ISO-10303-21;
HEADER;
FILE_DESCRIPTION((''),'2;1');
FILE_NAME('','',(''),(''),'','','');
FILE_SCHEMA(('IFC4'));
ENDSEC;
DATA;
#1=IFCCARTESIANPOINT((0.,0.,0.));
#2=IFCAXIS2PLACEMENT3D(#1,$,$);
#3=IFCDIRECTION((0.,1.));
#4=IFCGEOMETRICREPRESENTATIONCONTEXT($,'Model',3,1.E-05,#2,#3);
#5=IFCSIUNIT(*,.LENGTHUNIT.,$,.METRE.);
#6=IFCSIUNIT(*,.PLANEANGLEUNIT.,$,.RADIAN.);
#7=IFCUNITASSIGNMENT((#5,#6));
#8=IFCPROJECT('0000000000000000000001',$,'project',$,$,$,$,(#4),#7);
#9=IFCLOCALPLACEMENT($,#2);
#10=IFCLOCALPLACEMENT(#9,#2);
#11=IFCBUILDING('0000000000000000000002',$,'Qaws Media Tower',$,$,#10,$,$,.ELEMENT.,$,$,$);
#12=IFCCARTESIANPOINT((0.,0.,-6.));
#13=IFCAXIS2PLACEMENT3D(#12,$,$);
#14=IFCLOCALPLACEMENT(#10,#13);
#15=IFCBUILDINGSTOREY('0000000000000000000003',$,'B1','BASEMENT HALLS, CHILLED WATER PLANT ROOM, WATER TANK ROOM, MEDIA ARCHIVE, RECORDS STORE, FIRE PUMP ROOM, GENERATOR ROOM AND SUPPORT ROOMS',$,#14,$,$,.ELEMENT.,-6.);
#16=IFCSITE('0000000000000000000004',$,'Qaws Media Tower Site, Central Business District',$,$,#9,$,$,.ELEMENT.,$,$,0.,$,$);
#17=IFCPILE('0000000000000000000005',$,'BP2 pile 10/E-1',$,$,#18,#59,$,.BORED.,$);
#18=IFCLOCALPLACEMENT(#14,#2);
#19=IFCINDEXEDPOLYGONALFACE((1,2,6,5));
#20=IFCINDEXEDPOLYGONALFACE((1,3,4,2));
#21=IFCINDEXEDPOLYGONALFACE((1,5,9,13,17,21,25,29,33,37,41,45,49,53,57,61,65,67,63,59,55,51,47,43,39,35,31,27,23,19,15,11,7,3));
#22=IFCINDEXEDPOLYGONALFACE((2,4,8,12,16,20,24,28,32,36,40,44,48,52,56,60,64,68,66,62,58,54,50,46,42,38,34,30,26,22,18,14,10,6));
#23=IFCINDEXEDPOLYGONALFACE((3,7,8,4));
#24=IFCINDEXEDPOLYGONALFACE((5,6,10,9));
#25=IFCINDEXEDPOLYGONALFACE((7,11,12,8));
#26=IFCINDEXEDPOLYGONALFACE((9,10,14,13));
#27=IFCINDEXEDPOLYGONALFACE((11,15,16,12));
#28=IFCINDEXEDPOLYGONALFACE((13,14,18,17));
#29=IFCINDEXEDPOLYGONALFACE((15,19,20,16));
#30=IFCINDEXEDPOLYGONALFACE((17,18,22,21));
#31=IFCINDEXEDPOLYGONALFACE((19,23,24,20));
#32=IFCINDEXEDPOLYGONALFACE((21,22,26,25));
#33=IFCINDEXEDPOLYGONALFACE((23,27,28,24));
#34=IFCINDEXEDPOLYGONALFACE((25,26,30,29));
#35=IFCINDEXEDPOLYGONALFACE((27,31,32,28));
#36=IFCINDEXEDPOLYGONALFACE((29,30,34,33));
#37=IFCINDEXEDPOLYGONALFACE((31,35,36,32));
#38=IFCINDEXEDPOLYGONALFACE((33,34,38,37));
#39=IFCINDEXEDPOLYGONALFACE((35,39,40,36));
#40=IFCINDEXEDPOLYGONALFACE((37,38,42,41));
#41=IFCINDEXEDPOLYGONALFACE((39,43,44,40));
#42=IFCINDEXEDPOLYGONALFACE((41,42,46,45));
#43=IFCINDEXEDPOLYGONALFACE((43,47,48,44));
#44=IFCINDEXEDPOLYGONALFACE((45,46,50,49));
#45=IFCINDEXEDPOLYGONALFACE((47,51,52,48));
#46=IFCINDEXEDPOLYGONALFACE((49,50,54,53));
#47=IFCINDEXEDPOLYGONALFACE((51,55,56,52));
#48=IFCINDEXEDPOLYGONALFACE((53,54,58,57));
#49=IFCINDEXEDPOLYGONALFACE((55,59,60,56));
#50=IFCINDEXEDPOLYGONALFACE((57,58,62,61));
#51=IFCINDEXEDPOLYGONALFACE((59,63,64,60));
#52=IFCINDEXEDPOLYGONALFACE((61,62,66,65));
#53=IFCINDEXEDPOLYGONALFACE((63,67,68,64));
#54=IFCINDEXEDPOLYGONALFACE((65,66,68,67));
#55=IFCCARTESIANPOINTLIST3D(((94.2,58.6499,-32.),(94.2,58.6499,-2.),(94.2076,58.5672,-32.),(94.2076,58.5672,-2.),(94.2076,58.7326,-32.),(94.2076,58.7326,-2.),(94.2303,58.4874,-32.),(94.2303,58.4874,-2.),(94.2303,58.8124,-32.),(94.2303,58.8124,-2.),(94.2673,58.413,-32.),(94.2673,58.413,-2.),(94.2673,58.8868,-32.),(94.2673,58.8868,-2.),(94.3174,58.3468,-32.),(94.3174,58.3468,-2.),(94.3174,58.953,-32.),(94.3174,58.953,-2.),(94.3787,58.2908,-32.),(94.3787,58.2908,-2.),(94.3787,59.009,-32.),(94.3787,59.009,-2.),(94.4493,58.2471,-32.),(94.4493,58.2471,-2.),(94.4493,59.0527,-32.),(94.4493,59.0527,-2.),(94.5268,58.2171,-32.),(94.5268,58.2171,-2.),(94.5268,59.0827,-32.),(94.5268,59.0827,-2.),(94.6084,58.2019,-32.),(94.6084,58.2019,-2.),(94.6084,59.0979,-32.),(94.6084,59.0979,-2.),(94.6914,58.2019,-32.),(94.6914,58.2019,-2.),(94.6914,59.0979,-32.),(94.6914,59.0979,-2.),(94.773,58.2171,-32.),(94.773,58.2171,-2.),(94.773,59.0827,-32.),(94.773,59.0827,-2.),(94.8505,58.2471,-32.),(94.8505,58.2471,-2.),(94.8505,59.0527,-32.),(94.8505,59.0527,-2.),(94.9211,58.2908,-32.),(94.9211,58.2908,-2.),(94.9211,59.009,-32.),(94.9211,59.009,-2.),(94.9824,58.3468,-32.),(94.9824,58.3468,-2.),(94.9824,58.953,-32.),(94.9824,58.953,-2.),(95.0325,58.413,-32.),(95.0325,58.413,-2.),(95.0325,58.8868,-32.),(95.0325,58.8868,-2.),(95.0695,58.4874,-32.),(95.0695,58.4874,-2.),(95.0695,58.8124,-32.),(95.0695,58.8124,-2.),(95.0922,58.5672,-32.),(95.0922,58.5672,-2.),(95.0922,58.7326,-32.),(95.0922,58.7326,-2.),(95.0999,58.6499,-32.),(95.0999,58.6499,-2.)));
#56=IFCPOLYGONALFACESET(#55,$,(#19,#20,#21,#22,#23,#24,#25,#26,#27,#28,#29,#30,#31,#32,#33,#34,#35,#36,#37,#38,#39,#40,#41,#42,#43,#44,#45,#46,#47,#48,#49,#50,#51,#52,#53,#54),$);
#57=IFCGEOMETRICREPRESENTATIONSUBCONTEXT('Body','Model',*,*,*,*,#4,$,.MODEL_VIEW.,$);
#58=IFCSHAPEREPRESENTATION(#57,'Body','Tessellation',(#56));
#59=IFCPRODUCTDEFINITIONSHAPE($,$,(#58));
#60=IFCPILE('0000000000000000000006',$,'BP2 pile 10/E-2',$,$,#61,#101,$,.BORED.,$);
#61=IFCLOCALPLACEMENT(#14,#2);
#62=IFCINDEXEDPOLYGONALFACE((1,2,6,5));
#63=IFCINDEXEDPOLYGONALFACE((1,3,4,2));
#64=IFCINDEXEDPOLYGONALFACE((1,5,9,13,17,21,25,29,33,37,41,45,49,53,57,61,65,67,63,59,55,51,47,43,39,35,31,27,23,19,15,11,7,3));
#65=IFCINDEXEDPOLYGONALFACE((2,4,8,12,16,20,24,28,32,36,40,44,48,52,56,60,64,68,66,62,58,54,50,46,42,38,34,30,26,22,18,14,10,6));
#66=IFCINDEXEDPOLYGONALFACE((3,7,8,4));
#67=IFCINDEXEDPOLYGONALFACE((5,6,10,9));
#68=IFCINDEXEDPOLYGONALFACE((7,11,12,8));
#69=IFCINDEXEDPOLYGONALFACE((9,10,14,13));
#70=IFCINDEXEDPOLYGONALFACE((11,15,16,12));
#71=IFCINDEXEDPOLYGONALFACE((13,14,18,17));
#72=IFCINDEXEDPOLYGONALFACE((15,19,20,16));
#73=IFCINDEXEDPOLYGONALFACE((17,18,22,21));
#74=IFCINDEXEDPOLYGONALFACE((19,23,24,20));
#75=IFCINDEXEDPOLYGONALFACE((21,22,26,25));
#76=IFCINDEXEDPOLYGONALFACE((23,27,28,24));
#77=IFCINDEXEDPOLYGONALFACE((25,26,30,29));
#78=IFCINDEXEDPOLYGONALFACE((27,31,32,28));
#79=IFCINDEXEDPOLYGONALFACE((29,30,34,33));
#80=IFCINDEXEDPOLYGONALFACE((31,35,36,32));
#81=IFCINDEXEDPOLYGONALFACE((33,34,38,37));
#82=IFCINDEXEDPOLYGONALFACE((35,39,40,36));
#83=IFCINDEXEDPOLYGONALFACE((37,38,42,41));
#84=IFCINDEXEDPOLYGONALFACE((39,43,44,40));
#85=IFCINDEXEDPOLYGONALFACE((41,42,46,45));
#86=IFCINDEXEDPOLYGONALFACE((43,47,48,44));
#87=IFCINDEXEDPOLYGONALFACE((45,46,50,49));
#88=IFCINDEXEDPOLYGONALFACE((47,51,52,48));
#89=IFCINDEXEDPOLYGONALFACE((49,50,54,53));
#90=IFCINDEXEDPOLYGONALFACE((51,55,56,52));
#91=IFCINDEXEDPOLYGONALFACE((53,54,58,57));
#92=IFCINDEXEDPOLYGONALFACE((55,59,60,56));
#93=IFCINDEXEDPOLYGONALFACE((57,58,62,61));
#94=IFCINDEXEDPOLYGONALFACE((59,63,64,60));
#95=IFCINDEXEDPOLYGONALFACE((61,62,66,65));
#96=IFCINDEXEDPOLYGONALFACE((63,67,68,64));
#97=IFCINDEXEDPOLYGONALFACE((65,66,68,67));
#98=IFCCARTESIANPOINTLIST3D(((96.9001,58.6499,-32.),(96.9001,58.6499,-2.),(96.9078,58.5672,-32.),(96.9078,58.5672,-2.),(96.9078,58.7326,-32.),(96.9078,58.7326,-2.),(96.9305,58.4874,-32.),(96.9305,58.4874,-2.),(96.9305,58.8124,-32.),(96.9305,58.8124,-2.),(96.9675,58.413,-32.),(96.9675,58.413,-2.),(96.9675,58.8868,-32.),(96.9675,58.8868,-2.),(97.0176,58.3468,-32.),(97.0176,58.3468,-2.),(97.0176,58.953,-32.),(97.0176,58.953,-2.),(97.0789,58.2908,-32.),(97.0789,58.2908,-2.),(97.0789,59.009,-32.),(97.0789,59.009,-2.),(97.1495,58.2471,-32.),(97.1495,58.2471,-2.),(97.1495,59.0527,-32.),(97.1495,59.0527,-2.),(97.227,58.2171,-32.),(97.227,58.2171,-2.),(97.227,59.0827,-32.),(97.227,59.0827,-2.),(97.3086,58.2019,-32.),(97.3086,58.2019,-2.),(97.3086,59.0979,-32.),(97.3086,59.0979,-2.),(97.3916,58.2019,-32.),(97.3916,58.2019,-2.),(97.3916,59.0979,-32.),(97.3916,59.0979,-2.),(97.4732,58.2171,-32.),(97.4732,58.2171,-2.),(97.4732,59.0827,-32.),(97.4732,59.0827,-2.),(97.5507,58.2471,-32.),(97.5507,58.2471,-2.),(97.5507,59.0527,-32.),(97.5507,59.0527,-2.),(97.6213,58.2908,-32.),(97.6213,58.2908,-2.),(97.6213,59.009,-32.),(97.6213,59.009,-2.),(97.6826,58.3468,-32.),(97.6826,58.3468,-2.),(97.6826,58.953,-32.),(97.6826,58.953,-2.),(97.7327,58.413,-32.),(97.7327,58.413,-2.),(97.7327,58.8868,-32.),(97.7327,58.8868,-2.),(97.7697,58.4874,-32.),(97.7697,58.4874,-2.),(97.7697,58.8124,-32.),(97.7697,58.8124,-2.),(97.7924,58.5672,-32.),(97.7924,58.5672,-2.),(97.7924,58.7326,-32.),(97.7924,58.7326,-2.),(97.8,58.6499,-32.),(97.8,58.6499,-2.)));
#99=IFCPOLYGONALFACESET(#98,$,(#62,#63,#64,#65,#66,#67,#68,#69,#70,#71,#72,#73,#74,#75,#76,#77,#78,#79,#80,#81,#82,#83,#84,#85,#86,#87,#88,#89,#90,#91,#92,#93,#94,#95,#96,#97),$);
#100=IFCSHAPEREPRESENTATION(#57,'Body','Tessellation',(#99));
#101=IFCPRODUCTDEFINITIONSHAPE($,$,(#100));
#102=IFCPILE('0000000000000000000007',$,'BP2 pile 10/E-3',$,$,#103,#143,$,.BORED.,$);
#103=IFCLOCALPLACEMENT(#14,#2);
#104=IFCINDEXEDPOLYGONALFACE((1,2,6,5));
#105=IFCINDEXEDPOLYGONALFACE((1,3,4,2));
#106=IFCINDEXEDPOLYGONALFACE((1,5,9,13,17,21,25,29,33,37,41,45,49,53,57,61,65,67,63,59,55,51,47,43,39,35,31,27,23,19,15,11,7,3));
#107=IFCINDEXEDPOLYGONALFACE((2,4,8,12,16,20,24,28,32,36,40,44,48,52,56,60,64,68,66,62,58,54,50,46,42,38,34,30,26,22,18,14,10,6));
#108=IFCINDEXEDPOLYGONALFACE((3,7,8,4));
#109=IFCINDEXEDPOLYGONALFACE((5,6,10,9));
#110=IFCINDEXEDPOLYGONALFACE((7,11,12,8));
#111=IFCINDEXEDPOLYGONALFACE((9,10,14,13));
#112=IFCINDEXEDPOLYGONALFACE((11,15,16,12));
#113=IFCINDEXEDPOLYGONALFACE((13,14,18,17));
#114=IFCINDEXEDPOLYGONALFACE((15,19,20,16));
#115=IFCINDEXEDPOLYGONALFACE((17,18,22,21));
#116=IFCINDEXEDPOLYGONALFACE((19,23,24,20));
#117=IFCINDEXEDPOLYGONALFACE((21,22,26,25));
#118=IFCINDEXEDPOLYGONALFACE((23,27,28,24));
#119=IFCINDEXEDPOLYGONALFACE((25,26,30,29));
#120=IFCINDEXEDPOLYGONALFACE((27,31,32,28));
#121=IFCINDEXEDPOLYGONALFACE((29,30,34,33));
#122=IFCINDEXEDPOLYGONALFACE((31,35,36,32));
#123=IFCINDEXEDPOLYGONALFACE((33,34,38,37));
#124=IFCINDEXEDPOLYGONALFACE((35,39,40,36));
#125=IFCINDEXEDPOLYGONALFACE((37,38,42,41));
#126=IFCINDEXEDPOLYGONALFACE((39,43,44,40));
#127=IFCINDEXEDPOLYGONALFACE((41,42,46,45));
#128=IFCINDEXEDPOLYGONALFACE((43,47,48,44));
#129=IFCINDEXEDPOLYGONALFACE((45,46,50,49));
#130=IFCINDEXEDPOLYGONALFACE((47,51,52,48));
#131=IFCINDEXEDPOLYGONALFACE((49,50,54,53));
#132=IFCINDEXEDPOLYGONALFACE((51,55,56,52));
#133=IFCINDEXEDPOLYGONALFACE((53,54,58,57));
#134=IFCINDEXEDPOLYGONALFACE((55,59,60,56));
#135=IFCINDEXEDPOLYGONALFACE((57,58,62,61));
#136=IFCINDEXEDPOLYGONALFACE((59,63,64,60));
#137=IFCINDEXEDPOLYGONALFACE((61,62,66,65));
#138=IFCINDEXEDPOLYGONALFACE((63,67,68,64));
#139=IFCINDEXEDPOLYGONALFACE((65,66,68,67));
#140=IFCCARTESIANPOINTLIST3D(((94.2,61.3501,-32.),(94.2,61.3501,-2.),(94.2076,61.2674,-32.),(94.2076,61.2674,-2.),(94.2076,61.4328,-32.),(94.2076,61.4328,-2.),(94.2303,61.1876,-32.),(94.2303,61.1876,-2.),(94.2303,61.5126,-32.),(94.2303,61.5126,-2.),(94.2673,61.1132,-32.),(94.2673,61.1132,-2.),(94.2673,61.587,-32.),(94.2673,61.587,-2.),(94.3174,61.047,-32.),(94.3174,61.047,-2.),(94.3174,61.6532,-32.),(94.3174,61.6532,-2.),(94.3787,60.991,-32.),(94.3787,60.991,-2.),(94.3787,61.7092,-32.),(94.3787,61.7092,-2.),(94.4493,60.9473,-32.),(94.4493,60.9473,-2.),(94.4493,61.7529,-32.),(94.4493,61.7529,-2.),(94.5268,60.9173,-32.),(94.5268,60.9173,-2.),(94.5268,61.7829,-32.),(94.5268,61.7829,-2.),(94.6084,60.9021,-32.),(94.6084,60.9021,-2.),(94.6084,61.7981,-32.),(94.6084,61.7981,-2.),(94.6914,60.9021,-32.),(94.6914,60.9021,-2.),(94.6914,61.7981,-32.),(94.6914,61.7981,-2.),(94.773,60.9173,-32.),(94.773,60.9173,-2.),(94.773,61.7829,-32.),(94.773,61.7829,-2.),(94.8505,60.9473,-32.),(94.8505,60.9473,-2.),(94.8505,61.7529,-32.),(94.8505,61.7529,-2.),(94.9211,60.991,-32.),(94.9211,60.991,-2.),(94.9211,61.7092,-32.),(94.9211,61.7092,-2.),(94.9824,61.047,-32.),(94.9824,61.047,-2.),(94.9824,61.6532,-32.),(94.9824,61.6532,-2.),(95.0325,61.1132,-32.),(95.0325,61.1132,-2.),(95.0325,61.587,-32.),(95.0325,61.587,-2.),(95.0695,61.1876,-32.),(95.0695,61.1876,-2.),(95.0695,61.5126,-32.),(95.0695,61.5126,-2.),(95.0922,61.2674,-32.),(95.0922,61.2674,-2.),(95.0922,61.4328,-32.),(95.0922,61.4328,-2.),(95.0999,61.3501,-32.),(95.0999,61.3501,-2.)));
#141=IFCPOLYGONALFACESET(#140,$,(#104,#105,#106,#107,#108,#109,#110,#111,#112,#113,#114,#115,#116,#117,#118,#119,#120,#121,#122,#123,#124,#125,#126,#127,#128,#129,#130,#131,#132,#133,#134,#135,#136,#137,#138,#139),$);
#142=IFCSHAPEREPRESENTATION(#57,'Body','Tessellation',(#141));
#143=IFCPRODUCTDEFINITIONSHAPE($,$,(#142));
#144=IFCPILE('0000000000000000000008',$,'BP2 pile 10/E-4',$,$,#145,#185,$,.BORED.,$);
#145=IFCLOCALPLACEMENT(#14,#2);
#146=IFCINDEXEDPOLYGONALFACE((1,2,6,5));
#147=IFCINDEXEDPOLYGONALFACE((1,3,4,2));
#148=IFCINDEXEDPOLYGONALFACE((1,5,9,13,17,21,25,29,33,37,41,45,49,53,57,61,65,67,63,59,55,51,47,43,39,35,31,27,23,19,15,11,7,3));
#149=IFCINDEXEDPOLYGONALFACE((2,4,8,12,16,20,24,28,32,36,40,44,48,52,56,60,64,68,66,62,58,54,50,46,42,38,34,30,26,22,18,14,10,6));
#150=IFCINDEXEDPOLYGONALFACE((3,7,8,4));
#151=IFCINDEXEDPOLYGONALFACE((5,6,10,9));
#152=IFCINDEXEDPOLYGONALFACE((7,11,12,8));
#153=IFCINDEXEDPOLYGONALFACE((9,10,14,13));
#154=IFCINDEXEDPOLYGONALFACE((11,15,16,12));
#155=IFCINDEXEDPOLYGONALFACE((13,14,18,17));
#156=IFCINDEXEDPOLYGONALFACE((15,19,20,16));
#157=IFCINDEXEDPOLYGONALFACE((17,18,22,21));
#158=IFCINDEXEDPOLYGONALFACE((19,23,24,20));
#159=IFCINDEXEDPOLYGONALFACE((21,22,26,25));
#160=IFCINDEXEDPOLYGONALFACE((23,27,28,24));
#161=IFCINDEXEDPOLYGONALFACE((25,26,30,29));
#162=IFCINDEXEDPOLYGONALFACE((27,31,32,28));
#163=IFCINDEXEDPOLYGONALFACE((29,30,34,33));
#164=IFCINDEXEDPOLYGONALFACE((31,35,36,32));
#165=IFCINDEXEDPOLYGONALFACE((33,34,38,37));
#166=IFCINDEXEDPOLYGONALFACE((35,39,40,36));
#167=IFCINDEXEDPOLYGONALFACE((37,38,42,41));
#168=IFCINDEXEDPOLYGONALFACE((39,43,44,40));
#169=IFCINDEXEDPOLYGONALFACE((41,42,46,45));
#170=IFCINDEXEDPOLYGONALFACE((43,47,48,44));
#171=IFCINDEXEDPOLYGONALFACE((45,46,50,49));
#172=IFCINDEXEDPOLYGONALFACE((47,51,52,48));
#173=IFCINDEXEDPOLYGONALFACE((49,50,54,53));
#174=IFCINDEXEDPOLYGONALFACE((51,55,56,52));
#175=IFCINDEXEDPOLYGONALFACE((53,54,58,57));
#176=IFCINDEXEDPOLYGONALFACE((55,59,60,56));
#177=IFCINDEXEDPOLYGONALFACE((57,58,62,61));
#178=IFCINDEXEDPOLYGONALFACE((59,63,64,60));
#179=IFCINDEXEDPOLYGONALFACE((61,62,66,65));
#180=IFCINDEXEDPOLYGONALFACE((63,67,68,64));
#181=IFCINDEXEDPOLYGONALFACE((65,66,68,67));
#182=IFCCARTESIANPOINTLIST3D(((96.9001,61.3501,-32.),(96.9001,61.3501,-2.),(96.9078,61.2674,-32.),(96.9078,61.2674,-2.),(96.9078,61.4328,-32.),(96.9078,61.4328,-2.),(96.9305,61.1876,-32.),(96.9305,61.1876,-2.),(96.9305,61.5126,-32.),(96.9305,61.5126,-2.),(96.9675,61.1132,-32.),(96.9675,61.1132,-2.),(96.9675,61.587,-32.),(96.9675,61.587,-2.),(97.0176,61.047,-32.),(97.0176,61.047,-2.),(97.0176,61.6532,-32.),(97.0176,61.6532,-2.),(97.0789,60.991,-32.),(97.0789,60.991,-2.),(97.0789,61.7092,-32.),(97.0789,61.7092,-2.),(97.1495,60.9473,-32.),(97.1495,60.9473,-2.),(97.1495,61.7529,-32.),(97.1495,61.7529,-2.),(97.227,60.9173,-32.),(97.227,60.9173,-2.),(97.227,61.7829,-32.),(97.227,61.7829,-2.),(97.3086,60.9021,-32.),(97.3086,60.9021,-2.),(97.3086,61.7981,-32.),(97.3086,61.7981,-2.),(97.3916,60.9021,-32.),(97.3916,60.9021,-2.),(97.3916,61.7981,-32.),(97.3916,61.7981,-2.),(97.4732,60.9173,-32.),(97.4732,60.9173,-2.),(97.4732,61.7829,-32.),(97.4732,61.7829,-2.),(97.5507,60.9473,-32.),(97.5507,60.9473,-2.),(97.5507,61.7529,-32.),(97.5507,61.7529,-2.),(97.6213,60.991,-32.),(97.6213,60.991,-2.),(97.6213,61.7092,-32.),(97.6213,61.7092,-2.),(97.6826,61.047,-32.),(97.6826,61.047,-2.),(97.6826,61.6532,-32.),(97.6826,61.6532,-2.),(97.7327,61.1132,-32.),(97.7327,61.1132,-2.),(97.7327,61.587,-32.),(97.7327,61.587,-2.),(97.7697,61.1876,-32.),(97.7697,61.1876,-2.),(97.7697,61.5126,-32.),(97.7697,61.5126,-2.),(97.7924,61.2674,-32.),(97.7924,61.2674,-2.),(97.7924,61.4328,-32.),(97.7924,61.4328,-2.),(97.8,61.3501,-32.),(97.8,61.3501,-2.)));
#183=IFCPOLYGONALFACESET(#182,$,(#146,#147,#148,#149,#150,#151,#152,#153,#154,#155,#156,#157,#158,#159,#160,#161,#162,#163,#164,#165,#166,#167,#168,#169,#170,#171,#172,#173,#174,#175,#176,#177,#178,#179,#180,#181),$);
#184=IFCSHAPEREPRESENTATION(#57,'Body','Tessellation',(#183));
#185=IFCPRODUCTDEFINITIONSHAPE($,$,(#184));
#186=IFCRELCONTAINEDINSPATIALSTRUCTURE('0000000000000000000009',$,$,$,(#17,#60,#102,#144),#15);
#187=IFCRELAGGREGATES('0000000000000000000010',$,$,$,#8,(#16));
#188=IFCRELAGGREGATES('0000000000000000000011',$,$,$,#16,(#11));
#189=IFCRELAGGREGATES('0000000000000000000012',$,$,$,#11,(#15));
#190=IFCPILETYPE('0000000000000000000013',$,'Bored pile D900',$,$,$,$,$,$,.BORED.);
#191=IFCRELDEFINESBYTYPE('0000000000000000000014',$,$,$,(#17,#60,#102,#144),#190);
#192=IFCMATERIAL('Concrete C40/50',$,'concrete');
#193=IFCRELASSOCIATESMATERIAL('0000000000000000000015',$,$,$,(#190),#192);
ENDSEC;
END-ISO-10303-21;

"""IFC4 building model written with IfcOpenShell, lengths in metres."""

from ifc_helpers import new_model, si_unit, direction, frame, origin, origin_2d, place, context, subcontext, project, spatial, circle, extrude, material, material_profile, profile_set, type_object, element, save


model = new_model("IFC4")

# Units and contexts
model_context = context("Model", 3, precision=1e-05, world=origin(), true_north=direction((0.0, 1.0)))
body_context = subcontext(model_context, "Body", "Model", "MODEL_VIEW")
ifc_project = project(units=[si_unit("LENGTHUNIT", "METRE"), si_unit("PLANEANGLEUNIT", "RADIAN")], contexts=[model_context])

# Site, building, storey
site_placement = place(None, origin())
site = spatial("IfcSite", under=ifc_project, at=site_placement, Name="Qaws Media Tower Site, Central Business District", CompositionType="ELEMENT", RefElevation=0.0)
building_placement = place(site_placement, origin())
building = spatial("IfcBuilding", under=site, at=building_placement, Name="Qaws Media Tower", CompositionType="ELEMENT")
storey_placement = place(building_placement, frame((0.0, 0.0, -6.0)))
storey = spatial("IfcBuildingStorey", under=building, at=storey_placement, Name="B1", Description="BASEMENT HALLS, CHILLED WATER PLANT ROOM, WATER TANK ROOM, MEDIA ARCHIVE, RECORDS STORE, FIRE PUMP ROOM, GENERATOR ROOM AND SUPPORT ROOMS", CompositionType="ELEMENT", Elevation=-6.0)

# Piles
ifc_material_1 = material(Name="Concrete C40/50", Category="concrete")
ifc_material_profile_1 = material_profile(ifc_material_1, circle(Radius=0.45, at=origin_2d()), Name="D900")
ifc_profile_set_1 = profile_set([ifc_material_profile_1], Name="Concrete C40/50")
pile_type = type_object("IfcPileType", Name="Bored pile D900", PredefinedType="BORED", material=ifc_profile_set_1)
for number, where, z_axis, x_axis, name in (
    (1, (94.6499, 58.6499, -2.0), (0.0, 0.0, -1.0), (1.0, 0.0, 0.0), "BP2 pile 10/E-1"),
    (2, (97.3501, 58.6499, -2.0), (0.0, 0.0, -1.0), (1.0, 0.0, 0.0), "BP2 pile 10/E-2"),
    (3, (94.6499, 61.3501, -2.0), (0.0, 0.0, -1.0), (1.0, 0.0, 0.0), "BP2 pile 10/E-3"),
    (4, (97.3501, 61.3501, -2.0), (0.0, 0.0, -1.0), (1.0, 0.0, 0.0), "BP2 pile 10/E-4"),
):
    element("IfcPile", number, at=place(storey_placement, frame(where, z_axis=z_axis, x_axis=x_axis)), inside=storey, type_object=pile_type, Name=name, PredefinedType="BORED", context=body_context, shape_type="SweptSolid", body=[
        extrude(circle(Radius=0.45, at=origin_2d()), origin(), (0.0, 0.0, 1.0), 30.0),
    ])

save(model, "model.ifc")
